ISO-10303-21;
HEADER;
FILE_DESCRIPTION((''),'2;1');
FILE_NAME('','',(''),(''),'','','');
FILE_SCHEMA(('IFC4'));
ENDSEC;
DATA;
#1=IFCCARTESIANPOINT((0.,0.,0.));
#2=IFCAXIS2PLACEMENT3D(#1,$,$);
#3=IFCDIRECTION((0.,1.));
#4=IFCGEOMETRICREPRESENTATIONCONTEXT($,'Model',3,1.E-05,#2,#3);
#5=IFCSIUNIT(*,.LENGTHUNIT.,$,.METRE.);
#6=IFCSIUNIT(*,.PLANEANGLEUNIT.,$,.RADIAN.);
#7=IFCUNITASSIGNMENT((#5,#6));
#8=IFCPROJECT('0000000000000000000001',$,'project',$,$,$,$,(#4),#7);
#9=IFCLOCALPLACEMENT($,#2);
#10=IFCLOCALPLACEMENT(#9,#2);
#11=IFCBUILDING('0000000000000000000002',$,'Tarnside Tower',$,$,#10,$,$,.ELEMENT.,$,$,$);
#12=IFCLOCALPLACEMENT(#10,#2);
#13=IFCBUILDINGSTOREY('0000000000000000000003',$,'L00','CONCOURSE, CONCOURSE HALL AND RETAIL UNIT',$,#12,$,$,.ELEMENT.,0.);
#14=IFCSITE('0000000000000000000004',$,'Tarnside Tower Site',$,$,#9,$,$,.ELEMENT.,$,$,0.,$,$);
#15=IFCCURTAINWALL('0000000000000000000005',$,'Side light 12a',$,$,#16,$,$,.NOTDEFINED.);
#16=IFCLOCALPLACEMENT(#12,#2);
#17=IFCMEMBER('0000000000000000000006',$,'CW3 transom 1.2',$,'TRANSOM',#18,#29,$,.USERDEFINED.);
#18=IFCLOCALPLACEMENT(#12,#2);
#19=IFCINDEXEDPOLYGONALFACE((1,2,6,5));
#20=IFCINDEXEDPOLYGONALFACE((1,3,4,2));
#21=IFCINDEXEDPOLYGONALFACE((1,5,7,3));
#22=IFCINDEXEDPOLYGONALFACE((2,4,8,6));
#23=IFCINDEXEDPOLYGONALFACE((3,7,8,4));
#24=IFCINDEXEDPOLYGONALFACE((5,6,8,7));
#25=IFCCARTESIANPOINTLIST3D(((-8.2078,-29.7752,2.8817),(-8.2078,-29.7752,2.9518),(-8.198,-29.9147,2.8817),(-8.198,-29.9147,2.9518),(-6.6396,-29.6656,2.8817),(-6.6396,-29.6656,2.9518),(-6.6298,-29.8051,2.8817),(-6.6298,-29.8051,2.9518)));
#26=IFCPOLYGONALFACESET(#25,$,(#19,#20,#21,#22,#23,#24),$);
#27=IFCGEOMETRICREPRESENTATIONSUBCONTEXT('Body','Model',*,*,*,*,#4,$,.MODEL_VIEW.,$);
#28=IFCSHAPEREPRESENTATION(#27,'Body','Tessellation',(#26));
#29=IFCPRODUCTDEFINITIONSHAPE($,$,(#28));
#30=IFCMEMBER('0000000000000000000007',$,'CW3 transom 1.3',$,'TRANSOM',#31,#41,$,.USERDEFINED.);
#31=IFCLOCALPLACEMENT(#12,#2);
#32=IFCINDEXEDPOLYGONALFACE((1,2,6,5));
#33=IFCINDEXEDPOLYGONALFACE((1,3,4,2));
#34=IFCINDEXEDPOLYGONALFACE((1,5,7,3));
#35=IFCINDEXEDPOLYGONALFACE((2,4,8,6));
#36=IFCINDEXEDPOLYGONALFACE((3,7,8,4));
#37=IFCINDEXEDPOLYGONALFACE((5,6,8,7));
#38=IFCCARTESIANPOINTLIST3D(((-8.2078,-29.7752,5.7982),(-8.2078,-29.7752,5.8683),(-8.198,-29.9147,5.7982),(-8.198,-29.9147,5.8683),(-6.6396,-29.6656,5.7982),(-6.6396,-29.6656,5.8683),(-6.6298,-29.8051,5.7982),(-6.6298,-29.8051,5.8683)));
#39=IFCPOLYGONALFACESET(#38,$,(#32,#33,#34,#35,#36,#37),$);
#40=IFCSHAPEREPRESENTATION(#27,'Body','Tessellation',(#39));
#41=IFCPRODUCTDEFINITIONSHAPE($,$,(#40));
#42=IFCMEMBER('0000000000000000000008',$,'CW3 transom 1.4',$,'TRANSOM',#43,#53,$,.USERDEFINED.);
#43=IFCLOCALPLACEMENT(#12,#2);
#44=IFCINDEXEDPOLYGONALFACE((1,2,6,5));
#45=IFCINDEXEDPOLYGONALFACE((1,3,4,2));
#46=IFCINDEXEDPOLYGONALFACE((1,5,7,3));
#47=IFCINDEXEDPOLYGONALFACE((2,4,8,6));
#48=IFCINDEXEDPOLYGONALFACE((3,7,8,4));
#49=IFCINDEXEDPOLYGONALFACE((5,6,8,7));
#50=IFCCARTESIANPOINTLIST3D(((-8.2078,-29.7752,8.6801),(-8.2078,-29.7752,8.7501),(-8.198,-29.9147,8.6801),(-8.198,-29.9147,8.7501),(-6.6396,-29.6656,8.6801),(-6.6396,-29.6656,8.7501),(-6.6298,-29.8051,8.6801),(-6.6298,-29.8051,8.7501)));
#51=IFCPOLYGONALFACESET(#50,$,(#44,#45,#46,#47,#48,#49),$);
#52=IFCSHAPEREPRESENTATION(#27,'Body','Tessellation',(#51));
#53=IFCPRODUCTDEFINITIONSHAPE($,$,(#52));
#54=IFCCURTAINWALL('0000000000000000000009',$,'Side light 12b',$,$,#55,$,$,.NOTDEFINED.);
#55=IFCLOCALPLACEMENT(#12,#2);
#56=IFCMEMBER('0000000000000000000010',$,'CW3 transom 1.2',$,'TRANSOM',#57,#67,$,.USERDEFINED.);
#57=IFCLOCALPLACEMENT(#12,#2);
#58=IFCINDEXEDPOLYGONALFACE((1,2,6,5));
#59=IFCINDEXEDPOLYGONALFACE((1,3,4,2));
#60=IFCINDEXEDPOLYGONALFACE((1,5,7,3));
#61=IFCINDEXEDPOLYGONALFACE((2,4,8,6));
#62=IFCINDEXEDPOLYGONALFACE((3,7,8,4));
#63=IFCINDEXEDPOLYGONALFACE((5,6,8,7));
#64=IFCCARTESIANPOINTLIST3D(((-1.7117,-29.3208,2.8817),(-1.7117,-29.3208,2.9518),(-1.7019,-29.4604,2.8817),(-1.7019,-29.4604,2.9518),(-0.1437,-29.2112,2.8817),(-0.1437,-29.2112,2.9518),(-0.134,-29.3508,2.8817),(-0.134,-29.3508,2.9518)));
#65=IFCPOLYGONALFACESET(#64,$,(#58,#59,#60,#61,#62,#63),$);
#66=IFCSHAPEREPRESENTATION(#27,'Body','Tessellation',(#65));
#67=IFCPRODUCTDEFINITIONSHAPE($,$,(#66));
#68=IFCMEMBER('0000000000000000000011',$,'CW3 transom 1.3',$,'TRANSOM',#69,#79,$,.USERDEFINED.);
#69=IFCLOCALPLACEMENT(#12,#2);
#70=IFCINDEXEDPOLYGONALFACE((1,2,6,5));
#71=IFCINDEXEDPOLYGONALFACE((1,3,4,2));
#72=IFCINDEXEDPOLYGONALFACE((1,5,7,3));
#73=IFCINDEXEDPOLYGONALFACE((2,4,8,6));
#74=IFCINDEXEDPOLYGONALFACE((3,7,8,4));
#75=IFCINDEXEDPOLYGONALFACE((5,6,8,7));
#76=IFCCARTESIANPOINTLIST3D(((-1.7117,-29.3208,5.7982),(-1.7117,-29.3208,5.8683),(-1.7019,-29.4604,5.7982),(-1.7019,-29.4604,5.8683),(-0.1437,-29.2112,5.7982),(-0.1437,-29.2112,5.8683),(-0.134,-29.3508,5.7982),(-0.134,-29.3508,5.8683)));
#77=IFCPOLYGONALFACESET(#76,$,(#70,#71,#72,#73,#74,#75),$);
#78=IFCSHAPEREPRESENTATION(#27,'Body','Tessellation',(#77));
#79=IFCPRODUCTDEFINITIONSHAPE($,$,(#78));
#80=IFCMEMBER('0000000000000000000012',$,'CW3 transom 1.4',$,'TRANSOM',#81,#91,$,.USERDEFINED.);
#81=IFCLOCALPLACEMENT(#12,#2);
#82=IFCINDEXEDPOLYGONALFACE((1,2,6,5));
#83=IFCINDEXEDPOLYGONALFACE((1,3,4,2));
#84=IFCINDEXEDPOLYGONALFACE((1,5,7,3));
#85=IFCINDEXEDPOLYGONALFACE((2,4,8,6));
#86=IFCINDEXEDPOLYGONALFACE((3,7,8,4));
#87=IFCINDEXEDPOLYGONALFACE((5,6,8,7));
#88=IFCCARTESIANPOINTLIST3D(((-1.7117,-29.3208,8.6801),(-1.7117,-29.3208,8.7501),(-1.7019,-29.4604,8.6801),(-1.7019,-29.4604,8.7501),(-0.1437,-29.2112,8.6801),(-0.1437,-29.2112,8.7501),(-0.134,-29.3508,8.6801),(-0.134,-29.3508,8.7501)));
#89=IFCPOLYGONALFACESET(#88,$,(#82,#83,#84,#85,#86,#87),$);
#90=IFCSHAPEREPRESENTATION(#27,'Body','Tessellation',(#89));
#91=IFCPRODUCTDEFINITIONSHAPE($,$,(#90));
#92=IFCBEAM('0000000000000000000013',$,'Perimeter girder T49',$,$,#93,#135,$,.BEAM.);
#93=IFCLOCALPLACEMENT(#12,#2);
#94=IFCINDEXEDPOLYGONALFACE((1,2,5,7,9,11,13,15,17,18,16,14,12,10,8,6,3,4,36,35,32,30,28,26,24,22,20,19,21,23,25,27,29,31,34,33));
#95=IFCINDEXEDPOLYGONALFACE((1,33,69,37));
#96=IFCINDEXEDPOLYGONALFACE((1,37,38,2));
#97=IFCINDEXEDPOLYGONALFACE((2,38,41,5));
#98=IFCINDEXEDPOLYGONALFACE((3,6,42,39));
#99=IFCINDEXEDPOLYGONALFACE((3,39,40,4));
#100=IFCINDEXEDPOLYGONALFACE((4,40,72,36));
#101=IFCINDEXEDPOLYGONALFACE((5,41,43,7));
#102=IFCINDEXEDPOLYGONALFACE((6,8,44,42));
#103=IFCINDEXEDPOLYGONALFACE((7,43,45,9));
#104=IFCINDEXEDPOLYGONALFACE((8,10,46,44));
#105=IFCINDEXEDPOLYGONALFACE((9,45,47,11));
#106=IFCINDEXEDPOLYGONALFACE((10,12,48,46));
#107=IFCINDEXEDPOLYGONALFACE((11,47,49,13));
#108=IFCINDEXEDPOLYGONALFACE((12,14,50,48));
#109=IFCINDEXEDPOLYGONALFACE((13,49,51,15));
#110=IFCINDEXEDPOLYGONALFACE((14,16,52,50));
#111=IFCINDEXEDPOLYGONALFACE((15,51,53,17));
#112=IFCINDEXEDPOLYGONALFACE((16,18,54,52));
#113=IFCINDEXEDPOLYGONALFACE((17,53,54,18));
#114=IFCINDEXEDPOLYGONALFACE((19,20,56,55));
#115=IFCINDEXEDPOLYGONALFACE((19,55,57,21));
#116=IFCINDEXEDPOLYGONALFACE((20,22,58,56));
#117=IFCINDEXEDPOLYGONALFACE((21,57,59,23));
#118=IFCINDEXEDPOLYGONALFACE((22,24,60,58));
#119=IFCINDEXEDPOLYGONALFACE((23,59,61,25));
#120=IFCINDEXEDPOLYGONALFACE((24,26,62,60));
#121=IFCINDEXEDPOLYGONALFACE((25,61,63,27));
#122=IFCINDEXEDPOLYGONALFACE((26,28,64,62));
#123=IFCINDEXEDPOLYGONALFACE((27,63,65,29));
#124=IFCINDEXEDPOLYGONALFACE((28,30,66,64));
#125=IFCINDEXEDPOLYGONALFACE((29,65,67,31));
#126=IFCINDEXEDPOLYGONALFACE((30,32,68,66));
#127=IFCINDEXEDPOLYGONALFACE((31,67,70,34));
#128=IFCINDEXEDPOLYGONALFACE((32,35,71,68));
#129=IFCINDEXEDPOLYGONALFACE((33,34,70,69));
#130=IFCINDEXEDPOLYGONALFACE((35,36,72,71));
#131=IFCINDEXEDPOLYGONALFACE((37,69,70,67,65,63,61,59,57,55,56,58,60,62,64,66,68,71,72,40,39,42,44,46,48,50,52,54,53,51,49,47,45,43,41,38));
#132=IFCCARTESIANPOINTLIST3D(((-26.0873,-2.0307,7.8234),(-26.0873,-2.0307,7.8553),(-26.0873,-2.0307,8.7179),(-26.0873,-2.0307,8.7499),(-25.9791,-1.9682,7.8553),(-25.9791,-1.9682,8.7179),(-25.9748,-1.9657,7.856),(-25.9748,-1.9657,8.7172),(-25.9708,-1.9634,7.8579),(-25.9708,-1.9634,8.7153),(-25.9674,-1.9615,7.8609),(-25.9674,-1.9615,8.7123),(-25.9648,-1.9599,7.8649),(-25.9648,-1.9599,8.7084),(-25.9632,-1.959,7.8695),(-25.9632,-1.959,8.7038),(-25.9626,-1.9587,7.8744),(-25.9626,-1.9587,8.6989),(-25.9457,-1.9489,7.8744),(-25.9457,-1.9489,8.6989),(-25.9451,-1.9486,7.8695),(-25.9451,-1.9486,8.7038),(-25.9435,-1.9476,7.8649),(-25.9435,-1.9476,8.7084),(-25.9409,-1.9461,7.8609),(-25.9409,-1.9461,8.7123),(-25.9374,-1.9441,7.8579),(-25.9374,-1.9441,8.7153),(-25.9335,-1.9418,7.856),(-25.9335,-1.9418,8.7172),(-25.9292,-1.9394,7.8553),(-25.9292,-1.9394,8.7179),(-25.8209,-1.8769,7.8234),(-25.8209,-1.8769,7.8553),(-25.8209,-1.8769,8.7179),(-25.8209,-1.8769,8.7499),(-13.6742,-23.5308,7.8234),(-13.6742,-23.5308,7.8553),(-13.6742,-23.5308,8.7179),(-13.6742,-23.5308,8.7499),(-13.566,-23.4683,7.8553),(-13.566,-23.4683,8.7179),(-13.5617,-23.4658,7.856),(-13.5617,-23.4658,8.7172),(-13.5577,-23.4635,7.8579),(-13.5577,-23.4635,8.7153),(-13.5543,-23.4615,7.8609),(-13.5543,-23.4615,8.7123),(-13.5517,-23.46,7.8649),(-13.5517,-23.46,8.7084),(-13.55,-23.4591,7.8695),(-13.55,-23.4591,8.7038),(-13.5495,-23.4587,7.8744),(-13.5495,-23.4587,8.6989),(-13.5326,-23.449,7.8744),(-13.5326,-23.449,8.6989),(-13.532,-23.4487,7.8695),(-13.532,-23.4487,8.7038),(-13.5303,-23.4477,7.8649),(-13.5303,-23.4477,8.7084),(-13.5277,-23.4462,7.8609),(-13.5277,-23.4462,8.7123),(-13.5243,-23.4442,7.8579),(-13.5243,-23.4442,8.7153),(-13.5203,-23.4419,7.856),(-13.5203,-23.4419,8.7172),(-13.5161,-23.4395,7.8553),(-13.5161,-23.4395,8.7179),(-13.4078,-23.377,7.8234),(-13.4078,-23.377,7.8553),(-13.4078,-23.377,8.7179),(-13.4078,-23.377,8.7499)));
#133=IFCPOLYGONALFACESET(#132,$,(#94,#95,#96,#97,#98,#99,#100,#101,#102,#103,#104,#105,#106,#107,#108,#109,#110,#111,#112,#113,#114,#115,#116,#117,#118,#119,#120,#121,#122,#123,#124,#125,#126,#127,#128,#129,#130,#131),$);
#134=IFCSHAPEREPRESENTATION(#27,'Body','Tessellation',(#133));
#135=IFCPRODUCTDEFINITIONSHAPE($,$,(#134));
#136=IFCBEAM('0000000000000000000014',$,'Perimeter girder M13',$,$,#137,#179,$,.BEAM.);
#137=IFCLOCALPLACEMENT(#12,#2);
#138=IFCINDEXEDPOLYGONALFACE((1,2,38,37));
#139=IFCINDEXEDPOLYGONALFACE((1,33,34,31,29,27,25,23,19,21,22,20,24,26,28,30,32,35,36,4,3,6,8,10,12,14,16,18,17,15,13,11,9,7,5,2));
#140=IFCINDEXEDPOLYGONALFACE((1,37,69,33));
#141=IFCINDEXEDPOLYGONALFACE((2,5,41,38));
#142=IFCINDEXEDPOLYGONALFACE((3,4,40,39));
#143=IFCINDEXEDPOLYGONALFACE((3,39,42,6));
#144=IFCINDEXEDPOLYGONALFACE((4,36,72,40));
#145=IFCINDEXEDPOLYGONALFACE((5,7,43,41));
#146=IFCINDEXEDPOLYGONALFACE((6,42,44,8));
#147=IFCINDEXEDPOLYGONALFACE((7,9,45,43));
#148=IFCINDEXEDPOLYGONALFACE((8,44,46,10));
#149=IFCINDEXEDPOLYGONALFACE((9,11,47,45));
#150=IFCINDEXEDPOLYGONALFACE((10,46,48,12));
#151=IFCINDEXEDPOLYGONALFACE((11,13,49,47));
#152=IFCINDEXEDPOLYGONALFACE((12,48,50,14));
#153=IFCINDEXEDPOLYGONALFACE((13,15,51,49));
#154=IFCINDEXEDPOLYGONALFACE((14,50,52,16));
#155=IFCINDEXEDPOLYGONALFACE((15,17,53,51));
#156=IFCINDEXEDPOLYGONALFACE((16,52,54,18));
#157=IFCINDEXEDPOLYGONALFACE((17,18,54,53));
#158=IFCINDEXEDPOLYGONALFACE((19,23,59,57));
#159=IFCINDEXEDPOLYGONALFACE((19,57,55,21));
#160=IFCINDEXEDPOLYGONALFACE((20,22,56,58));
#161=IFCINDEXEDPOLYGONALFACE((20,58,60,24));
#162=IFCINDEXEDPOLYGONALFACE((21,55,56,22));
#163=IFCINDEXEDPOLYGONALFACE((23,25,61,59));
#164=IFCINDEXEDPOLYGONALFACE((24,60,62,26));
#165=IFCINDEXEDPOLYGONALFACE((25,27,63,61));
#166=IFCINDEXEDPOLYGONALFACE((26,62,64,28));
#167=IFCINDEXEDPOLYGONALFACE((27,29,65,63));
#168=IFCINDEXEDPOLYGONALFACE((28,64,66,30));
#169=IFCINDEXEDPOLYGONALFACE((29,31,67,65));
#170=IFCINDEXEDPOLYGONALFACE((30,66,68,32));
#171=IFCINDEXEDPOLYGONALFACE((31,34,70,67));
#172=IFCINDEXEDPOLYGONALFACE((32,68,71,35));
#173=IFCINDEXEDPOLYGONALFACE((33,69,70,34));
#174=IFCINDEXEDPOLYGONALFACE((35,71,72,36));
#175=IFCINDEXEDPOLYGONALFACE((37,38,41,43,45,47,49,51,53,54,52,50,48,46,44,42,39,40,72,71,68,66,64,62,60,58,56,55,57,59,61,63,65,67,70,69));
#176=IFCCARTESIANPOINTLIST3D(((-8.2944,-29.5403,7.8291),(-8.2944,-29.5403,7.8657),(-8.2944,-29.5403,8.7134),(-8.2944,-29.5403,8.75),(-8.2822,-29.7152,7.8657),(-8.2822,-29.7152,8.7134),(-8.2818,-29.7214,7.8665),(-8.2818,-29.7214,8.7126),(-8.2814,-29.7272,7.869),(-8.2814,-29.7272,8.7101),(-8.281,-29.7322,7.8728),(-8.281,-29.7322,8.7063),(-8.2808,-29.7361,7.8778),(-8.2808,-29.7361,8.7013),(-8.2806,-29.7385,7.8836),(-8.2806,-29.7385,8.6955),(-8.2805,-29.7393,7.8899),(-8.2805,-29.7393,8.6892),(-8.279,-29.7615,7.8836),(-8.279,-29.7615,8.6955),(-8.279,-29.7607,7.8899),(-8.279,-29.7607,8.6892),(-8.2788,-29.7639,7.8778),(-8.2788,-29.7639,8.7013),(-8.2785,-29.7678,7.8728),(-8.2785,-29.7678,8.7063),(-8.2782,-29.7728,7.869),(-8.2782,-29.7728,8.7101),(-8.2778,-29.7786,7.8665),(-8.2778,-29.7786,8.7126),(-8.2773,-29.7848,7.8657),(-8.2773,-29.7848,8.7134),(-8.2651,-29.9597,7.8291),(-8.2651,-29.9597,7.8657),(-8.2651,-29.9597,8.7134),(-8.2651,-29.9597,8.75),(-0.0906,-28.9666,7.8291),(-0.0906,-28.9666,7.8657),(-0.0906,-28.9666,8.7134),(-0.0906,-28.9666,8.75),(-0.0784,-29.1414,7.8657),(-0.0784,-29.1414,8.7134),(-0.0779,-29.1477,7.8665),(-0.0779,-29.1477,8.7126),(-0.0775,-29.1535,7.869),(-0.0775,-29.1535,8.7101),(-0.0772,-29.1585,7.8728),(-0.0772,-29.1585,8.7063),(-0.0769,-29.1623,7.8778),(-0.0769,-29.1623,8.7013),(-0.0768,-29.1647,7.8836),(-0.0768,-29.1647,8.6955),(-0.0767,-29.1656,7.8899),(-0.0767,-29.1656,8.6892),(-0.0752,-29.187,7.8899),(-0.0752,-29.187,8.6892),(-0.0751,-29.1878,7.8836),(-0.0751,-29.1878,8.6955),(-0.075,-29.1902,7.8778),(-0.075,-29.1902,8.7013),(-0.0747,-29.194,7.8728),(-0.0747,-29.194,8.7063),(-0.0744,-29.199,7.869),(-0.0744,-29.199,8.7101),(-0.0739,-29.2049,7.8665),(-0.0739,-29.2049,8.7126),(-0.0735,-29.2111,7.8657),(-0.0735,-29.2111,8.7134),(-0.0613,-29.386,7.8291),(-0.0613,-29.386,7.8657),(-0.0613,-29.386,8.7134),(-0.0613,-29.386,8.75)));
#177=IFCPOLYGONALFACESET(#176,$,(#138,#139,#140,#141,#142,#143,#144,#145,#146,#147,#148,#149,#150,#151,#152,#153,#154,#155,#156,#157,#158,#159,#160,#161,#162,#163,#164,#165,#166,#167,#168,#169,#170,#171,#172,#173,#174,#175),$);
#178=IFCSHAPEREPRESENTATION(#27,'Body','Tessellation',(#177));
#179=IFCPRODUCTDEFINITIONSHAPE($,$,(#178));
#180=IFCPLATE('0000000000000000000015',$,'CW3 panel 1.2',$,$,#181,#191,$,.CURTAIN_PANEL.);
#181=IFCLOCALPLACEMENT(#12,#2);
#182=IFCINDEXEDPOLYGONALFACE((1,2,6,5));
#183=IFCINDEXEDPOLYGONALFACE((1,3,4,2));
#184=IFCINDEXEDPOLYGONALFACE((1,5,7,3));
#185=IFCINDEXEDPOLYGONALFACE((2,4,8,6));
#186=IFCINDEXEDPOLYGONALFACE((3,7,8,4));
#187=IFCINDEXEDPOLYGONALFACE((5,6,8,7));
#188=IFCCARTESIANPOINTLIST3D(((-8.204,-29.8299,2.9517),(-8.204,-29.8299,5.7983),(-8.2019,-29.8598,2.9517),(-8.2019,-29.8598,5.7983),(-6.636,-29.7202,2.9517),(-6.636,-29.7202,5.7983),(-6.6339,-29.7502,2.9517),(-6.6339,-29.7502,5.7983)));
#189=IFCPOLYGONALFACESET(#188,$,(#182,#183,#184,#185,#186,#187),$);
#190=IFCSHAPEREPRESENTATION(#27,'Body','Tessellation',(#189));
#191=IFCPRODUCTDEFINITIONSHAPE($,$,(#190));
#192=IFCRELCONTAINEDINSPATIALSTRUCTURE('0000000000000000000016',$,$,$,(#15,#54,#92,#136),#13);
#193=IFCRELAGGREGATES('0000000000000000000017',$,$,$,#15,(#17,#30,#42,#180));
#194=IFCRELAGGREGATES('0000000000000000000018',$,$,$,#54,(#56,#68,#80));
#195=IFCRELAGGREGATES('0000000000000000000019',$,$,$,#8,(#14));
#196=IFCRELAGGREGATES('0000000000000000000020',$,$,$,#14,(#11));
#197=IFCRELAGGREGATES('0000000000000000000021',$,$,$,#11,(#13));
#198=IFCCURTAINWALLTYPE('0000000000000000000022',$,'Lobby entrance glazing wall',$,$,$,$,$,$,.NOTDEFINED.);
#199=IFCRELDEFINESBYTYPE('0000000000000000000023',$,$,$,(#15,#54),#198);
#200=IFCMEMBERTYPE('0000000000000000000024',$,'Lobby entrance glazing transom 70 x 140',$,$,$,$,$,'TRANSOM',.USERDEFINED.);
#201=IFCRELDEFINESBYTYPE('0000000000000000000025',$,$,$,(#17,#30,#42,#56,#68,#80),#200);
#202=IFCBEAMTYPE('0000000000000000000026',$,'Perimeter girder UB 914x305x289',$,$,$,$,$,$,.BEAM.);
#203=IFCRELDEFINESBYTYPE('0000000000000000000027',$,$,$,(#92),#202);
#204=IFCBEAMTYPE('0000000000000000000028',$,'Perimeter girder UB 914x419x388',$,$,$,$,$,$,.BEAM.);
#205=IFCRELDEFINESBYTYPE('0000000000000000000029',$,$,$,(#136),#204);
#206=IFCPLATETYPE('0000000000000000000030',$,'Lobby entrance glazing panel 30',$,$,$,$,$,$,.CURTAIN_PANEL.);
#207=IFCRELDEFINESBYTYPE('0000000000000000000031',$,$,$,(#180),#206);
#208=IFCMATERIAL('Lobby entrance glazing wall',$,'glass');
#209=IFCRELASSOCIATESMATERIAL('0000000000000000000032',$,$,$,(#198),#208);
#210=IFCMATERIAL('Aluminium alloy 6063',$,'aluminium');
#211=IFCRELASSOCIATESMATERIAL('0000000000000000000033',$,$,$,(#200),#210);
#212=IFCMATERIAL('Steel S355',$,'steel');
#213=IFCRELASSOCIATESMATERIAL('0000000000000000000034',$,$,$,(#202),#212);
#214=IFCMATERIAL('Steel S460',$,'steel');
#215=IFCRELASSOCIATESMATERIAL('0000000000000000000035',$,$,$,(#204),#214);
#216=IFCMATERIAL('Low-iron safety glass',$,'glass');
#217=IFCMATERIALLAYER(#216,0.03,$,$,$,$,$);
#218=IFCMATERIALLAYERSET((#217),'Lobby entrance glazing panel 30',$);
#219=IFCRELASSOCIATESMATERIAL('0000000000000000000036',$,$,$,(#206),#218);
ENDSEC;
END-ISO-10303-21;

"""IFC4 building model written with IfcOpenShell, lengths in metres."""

from ifc_helpers import new_model, si_unit, direction, frame, origin, origin_2d, place, context, subcontext, project, spatial, rectangle, i_section, extrude, material, layer, layer_set, material_profile, profile_set, type_object, element, aggregate, save


model = new_model("IFC4")

# Units and contexts
model_context = context("Model", 3, precision=1e-05, world=origin(), true_north=direction((0.0, 1.0)))
body_context = subcontext(model_context, "Body", "Model", "MODEL_VIEW")
ifc_project = project(units=[si_unit("LENGTHUNIT", "METRE"), si_unit("PLANEANGLEUNIT", "RADIAN")], contexts=[model_context])

# Site, building, storey
site_placement = place(None, origin())
site = spatial("IfcSite", under=ifc_project, at=site_placement, Name="Tarnside Tower Site", CompositionType="ELEMENT", RefElevation=0.0)
building_placement = place(site_placement, origin())
building = spatial("IfcBuilding", under=site, at=building_placement, Name="Tarnside Tower", CompositionType="ELEMENT")
storey_placement = place(building_placement, origin())
storey = spatial("IfcBuildingStorey", under=building, at=storey_placement, Name="L00", Description="CONCOURSE, CONCOURSE HALL AND RETAIL UNIT", CompositionType="ELEMENT", Elevation=0.0)

# Shared definitions
ifc_material_1 = material(Name="Steel S355", Category="steel")

# Curtain walls, members
ifc_material_2 = material(Name="Lobby entrance glazing wall", Category="glass")
curtain_wall_type_1 = type_object("IfcCurtainWallType", Name="Lobby entrance glazing wall", PredefinedType="NOTDEFINED", material=ifc_material_2)
curtain_wall_1_placement = place(storey_placement, origin())
curtain_wall_1 = element("IfcCurtainWall", 1, at=curtain_wall_1_placement, inside=storey, type_object=curtain_wall_type_1, Name="Side light 12a", PredefinedType="NOTDEFINED")
ifc_material_3 = material(Name="Aluminium alloy 6063", Category="aluminium")
ifc_material_profile_1 = material_profile(ifc_material_3, rectangle(XDim=0.1399, YDim=0.0701, at=origin_2d()), Name="Lobby entrance glazing transom 70 x 140")
ifc_profile_set_1 = profile_set([ifc_material_profile_1], Name="Aluminium alloy 6063")
member_type = type_object("IfcMemberType", Name="Lobby entrance glazing transom 70 x 140", ElementType="TRANSOM", PredefinedType="USERDEFINED", material=ifc_profile_set_1)
member_1_placement = place(storey_placement, frame((-8.2029, -29.845, 2.9167), z_axis=(0.997566, 0.069735, 0.0), x_axis=(-0.069735, 0.997566, 0.0)))
member_1 = element("IfcMember", 2, at=member_1_placement, type_object=member_type, Name="CW3 transom 1.2", ObjectType="TRANSOM", PredefinedType="USERDEFINED", context=body_context, shape_type="SweptSolid", body=[
    extrude(rectangle(XDim=0.1399, YDim=0.0701, at=origin_2d()), origin(), (0.0, 0.0, 1.0), 1.572),
])
member_2_placement = place(storey_placement, frame((-8.2029, -29.845, 5.8333), z_axis=(0.997566, 0.069735, 0.0), x_axis=(-0.069735, 0.997566, 0.0)))
member_2 = element("IfcMember", 3, at=member_2_placement, type_object=member_type, Name="CW3 transom 1.3", ObjectType="TRANSOM", PredefinedType="USERDEFINED", context=body_context, shape_type="SweptSolid", body=[
    extrude(rectangle(XDim=0.1399, YDim=0.0701, at=origin_2d()), origin(), (0.0, 0.0, 1.0), 1.572),
])
member_3_placement = place(storey_placement, frame((-8.2029, -29.845, 8.7151), z_axis=(0.997566, 0.069735, 0.0), x_axis=(-0.069735, 0.997566, 0.0)))
member_3 = element("IfcMember", 4, at=member_3_placement, type_object=member_type, Name="CW3 transom 1.4", ObjectType="TRANSOM", PredefinedType="USERDEFINED", context=body_context, shape_type="SweptSolid", body=[
    extrude(rectangle(XDim=0.1399, YDim=0.0701, at=origin_2d()), origin(), (0.0, 0.0, 1.0), 1.572),
])
curtain_wall_2_placement = place(storey_placement, origin())
curtain_wall_2 = element("IfcCurtainWall", 5, at=curtain_wall_2_placement, inside=storey, type_object=curtain_wall_type_1, Name="Side light 12b", PredefinedType="NOTDEFINED")
member_4_placement = place(storey_placement, frame((-1.7068, -29.3906, 2.9167), z_axis=(0.997565, 0.069746, 0.0), x_axis=(-0.069746, 0.997565, 0.0)))
member_4 = element("IfcMember", 6, at=member_4_placement, type_object=member_type, Name="CW3 transom 1.2", ObjectType="TRANSOM", PredefinedType="USERDEFINED", context=body_context, shape_type="SweptSolid", body=[
    extrude(rectangle(XDim=0.1399, YDim=0.0701, at=origin_2d()), origin(), (0.0, 0.0, 1.0), 1.5718),
])
member_5_placement = place(storey_placement, frame((-1.7068, -29.3906, 5.8333), z_axis=(0.997565, 0.069746, 0.0), x_axis=(-0.069746, 0.997565, 0.0)))
member_5 = element("IfcMember", 7, at=member_5_placement, type_object=member_type, Name="CW3 transom 1.3", ObjectType="TRANSOM", PredefinedType="USERDEFINED", context=body_context, shape_type="SweptSolid", body=[
    extrude(rectangle(XDim=0.1399, YDim=0.0701, at=origin_2d()), origin(), (0.0, 0.0, 1.0), 1.5718),
])
member_6_placement = place(storey_placement, frame((-1.7068, -29.3906, 8.7151), z_axis=(0.997565, 0.069746, 0.0), x_axis=(-0.069746, 0.997565, 0.0)))
member_6 = element("IfcMember", 8, at=member_6_placement, type_object=member_type, Name="CW3 transom 1.4", ObjectType="TRANSOM", PredefinedType="USERDEFINED", context=body_context, shape_type="SweptSolid", body=[
    extrude(rectangle(XDim=0.1399, YDim=0.0701, at=origin_2d()), origin(), (0.0, 0.0, 1.0), 1.5718),
])

# Beams
ifc_material_profile_2 = material_profile(ifc_material_1, i_section(OverallWidth=0.3076, OverallDepth=0.9265, WebThickness=0.0195, FlangeThickness=0.032, FilletRadius=0.019, at=origin_2d()), Name="UB 914x305x289")
ifc_profile_set_2 = profile_set([ifc_material_profile_2], Name="Steel S355")
beam_type_1 = type_object("IfcBeamType", Name="Perimeter girder UB 914x305x289", PredefinedType="BEAM", material=ifc_profile_set_2)
beam_1_placement = place(storey_placement, frame((-13.541, -23.4539, 8.2866), z_axis=(-0.500002, 0.866024, 0.0), x_axis=(-0.866024, -0.500002, 0.0)))
element("IfcBeam", 9, at=beam_1_placement, inside=storey, type_object=beam_type_1, Name="Perimeter girder T49", PredefinedType="BEAM", context=body_context, shape_type="SweptSolid", body=[
    extrude(i_section(OverallWidth=0.3076, OverallDepth=0.9265, WebThickness=0.0195, FlangeThickness=0.032, FilletRadius=0.019, at=origin_2d()), origin(), (0.0, 0.0, 1.0), 24.8262),
])
ifc_material_4 = material(Name="Steel S460", Category="steel")
ifc_material_profile_3 = material_profile(ifc_material_4, i_section(OverallWidth=0.4204, OverallDepth=0.9209, WebThickness=0.0215, FlangeThickness=0.0366, FilletRadius=0.0242, at=origin_2d()), Name="UB 914x419x388")
ifc_profile_set_3 = profile_set([ifc_material_profile_3], Name="Steel S460")
beam_type_2 = type_object("IfcBeamType", Name="Perimeter girder UB 914x419x388", PredefinedType="BEAM", material=ifc_profile_set_3)
beam_2_placement = place(storey_placement, frame((-8.2798, -29.75, 8.2896), z_axis=(0.997564, 0.069764, 0.0), x_axis=(-0.069764, 0.997564, 0.0)))
element("IfcBeam", 10, at=beam_2_placement, inside=storey, type_object=beam_type_2, Name="Perimeter girder M13", PredefinedType="BEAM", context=body_context, shape_type="SweptSolid", body=[
    extrude(i_section(OverallWidth=0.4204, OverallDepth=0.9209, WebThickness=0.0215, FlangeThickness=0.0366, FilletRadius=0.0242, at=origin_2d()), origin(), (0.0, 0.0, 1.0), 8.2239),
])

# Plate
ifc_material_5 = material(Name="Low-iron safety glass", Category="glass")
ifc_layer_1 = layer(ifc_material_5, 0.03)
ifc_layer_set_1 = layer_set([ifc_layer_1], Name="Lobby entrance glazing panel 30")
plate_type_1 = type_object("IfcPlateType", Name="Lobby entrance glazing panel 30", PredefinedType="CURTAIN_PANEL", material=ifc_layer_set_1)
plate_1_placement = place(storey_placement, frame((-7.4189, -29.79, 2.9517), z_axis=(0.0, 0.0, 1.0), x_axis=(0.997564, 0.069756, 0.0)))
plate_1 = element("IfcPlate", 11, at=plate_1_placement, type_object=plate_type_1, Name="CW3 panel 1.2", PredefinedType="CURTAIN_PANEL", context=body_context, shape_type="SweptSolid", body=[
    extrude(rectangle(XDim=1.5718, YDim=0.03, at=origin_2d()), origin(), (0.0, 0.0, 1.0), 2.8467),
])
aggregate(curtain_wall_1, [member_1, member_2, member_3, plate_1])
aggregate(curtain_wall_2, [member_4, member_5, member_6])

save(model, "model.ifc")
